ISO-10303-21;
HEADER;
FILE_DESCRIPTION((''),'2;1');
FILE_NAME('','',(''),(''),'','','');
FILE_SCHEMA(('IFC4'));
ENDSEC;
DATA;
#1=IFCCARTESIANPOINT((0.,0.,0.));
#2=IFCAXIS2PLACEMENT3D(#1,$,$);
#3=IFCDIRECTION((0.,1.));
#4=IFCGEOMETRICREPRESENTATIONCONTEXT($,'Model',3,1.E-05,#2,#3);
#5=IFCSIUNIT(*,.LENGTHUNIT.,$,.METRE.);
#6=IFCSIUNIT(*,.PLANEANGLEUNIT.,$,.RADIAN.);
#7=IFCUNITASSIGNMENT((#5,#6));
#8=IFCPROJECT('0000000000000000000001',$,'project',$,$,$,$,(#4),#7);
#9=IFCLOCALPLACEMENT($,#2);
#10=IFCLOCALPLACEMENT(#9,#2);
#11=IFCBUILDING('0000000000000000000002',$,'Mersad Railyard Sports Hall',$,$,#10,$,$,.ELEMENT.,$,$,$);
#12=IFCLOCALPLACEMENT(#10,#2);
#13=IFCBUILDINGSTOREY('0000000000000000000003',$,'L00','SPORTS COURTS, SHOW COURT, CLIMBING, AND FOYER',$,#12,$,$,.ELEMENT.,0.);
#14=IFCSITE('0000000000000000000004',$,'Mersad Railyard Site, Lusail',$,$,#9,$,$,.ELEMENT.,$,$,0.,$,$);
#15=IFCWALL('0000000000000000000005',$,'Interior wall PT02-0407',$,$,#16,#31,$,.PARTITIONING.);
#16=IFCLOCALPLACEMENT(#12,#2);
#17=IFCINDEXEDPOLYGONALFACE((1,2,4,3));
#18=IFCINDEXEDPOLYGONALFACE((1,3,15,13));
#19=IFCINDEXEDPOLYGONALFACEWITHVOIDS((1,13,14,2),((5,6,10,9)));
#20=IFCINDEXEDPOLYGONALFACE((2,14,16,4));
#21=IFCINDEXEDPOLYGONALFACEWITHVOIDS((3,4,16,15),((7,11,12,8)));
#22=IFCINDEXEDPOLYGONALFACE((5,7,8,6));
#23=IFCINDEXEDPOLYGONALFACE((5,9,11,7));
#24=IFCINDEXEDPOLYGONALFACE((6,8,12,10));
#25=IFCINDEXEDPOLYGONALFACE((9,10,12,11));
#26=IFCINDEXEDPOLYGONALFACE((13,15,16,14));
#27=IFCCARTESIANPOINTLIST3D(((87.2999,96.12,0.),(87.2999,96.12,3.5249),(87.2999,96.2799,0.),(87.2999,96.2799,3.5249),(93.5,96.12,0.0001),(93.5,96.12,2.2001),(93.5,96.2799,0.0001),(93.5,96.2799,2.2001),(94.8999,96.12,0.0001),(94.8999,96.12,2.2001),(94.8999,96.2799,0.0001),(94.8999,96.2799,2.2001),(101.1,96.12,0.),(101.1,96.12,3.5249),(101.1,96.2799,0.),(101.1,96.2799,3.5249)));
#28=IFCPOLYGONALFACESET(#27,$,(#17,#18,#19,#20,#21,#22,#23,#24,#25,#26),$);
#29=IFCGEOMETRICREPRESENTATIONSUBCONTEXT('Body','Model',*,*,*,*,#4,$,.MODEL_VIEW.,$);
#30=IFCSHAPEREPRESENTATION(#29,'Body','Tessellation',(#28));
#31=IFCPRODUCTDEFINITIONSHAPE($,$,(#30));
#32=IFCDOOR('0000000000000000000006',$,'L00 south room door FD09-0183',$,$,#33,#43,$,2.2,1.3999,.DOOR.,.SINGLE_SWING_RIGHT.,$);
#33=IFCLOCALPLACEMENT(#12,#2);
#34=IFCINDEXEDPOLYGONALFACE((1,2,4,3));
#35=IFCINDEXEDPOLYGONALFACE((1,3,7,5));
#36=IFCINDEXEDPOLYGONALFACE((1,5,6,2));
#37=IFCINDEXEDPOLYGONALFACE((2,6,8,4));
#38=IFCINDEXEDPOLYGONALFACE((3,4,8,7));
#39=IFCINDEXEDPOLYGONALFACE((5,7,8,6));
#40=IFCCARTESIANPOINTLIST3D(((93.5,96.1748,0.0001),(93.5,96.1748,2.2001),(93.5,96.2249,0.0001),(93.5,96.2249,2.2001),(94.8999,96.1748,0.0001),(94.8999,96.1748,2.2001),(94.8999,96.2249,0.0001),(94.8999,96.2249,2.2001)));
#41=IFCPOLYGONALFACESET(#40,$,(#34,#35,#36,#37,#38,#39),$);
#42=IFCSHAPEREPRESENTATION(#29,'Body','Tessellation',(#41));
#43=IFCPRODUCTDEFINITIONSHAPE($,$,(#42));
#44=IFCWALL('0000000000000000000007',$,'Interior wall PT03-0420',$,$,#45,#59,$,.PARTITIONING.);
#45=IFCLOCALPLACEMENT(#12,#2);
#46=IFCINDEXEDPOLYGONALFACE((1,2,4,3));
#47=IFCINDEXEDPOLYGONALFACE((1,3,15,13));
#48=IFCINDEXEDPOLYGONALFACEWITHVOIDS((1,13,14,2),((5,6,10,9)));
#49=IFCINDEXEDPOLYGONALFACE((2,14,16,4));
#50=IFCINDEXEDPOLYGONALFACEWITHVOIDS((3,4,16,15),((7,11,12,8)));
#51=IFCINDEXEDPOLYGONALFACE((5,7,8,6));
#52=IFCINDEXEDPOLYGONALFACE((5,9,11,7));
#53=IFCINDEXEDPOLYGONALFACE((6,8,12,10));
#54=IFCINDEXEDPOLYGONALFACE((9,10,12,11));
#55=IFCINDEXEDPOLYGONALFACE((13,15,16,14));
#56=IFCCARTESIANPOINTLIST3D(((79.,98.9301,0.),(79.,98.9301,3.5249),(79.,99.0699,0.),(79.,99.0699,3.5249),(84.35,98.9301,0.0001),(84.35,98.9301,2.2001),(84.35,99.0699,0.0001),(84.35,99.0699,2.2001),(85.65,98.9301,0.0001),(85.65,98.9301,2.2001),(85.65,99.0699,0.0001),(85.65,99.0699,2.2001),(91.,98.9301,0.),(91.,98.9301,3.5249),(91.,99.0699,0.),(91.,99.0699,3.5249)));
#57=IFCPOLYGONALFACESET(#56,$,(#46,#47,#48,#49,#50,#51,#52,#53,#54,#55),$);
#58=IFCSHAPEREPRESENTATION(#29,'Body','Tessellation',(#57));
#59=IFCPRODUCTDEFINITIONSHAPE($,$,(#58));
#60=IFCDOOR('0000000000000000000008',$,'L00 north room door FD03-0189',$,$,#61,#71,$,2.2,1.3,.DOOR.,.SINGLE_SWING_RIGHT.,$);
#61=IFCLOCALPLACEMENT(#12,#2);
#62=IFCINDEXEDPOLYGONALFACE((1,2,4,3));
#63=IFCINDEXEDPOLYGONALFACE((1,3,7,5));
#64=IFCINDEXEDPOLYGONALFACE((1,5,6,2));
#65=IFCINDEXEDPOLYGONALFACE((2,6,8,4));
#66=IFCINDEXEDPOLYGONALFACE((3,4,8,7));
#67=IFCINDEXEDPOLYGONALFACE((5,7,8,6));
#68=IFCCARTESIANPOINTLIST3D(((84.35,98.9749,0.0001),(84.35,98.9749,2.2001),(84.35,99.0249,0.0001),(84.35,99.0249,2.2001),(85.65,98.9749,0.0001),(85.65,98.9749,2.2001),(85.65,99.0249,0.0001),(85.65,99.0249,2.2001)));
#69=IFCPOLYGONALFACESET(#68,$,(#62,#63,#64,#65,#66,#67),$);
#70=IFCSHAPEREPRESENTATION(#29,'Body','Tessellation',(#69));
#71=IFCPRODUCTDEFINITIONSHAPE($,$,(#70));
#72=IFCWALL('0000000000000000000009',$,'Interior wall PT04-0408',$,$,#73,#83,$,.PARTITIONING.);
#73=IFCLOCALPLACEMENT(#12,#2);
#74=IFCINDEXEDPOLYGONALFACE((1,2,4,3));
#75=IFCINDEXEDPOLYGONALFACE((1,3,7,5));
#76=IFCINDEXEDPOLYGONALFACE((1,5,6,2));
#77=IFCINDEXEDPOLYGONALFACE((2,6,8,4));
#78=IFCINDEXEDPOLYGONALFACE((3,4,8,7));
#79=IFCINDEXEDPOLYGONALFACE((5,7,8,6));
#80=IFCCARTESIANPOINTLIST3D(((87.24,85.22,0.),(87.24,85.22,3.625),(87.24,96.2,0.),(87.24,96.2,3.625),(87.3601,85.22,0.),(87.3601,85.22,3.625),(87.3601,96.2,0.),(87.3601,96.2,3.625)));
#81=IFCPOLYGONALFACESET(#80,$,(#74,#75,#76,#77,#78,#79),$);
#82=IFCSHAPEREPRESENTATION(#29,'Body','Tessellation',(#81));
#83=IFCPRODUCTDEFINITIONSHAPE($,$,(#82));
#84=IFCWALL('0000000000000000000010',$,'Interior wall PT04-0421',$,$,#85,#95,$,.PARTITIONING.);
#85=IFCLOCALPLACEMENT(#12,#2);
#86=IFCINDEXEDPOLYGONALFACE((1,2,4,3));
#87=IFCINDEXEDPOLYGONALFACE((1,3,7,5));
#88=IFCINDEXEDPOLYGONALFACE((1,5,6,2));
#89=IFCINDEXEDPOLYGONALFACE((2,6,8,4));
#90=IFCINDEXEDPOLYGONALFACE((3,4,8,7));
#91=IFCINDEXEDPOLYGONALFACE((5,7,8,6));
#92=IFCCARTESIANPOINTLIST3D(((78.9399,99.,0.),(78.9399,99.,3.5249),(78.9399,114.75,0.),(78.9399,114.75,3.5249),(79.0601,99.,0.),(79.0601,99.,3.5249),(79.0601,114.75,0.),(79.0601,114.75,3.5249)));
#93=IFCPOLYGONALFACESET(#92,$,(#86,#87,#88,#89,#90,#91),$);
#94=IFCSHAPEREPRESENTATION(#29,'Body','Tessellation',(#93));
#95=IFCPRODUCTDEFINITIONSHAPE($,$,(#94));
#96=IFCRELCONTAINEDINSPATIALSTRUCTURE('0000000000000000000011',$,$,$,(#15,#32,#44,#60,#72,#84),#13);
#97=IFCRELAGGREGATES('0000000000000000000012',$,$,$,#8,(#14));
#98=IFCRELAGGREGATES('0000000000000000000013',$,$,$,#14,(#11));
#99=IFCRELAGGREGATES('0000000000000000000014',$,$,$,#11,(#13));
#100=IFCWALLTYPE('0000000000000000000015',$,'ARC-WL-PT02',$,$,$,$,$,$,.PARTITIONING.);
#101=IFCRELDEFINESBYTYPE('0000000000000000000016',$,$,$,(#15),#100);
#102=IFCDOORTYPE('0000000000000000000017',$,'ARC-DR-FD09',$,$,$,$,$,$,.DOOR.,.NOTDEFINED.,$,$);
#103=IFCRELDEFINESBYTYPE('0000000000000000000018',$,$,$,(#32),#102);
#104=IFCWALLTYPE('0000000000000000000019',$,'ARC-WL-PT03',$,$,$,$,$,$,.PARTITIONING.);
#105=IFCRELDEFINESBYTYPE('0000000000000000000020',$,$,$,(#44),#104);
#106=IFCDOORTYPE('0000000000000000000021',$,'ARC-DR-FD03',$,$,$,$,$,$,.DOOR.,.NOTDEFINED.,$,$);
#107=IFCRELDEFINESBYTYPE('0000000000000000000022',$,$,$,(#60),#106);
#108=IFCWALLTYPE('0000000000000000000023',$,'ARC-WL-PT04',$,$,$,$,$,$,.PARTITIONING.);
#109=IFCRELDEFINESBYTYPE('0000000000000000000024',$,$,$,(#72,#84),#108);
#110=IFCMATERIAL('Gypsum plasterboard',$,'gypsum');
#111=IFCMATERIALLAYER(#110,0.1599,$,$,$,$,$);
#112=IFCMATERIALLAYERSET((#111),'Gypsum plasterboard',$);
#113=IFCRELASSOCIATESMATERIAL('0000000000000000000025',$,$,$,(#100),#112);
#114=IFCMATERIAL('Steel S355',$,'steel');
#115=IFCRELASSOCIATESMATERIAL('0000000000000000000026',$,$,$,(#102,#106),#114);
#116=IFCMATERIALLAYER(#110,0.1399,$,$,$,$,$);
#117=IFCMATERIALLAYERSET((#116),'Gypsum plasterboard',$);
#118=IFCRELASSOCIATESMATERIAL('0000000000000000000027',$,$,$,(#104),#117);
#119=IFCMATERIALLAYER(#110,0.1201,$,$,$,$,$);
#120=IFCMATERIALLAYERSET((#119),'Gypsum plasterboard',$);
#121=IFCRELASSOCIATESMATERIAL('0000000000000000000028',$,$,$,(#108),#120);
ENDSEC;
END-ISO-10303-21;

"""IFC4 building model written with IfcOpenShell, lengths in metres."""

from ifc_helpers import new_model, si_unit, direction, frame, frame_2d, origin, place, context, subcontext, project, spatial, rectangle, extrude, material, layer, layer_set, type_object, element, fill, save


model = new_model("IFC4")

# Units and contexts
model_context = context("Model", 3, precision=1e-05, world=origin(), true_north=direction((0.0, 1.0)))
body_context = subcontext(model_context, "Body", "Model", "MODEL_VIEW")
ifc_project = project(units=[si_unit("LENGTHUNIT", "METRE"), si_unit("PLANEANGLEUNIT", "RADIAN")], contexts=[model_context])

# Site, building, storey
site_placement = place(None, origin())
site = spatial("IfcSite", under=ifc_project, at=site_placement, Name="Mersad Railyard Site, Lusail", CompositionType="ELEMENT", RefElevation=0.0)
building_placement = place(site_placement, origin())
building = spatial("IfcBuilding", under=site, at=building_placement, Name="Mersad Railyard Sports Hall", CompositionType="ELEMENT")
storey_placement = place(building_placement, origin())
storey = spatial("IfcBuildingStorey", under=building, at=storey_placement, Name="L00", Description="SPORTS COURTS, SHOW COURT, CLIMBING, AND FOYER", CompositionType="ELEMENT", Elevation=0.0)

# Shared definitions
ifc_material_1 = material(Name="Steel S355", Category="steel")

# Walls, openings, doors
ifc_material_2 = material(Name="Gypsum plasterboard", Category="gypsum")
ifc_layer_1 = layer(ifc_material_2, 0.1599)
ifc_layer_set_1 = layer_set([ifc_layer_1], Name="Gypsum plasterboard")
wall_type_1 = type_object("IfcWallType", Name="ARC-WL-PT02", PredefinedType="PARTITIONING", material=ifc_layer_set_1)
wall_1_placement = place(storey_placement, frame((87.3, 96.2, 0.0), z_axis=(0.0, 0.0, 1.0), x_axis=(1.0, 0.0, 0.0)))
wall_1 = element("IfcWall", 1, at=wall_1_placement, inside=storey, type_object=wall_type_1, Name="Interior wall PT02-0407", PredefinedType="PARTITIONING", context=body_context, shape_type="SweptSolid", body=[
    extrude(rectangle(XDim=13.8, YDim=0.1599, at=frame_2d((6.8999, 0.0))), origin(), (0.0, 0.0, 1.0), 3.5249),
])
opening_1_placement = place(wall_1_placement, frame((6.2, 0.0, 0.0)))
opening_1 = element("IfcOpeningElement", 2, at=opening_1_placement, cuts=wall_1, PredefinedType="OPENING", context=body_context, shape_type="SweptSolid", body=[
    extrude(rectangle(XDim=1.3999, YDim=2.2, at=frame_2d((0.7, 1.1001))), frame((0.0, 0.0898, 0.0), z_axis=(0.0, -1.0, 0.0), x_axis=(1.0, 0.0, 0.0)), (0.0, 0.0, 1.0), 0.1799),
])
door_type_1 = type_object("IfcDoorType", Name="ARC-DR-FD09", OperationType="NOTDEFINED", PredefinedType="DOOR", material=ifc_material_1)
door_1_placement = place(opening_1_placement, origin())
door_1 = element("IfcDoor", 3, at=door_1_placement, inside=storey, type_object=door_type_1, Name="L00 south room door FD09-0183", OperationType="SINGLE_SWING_RIGHT", OverallHeight=2.2, OverallWidth=1.3999, PredefinedType="DOOR", context=body_context, shape_type="SweptSolid", body=[
    extrude(rectangle(XDim=1.3999, YDim=2.2, at=frame_2d((0.7, 1.1001))), frame((0.0, 0.0249, 0.0), z_axis=(0.0, -1.0, 0.0), x_axis=(1.0, 0.0, 0.0)), (0.0, 0.0, 1.0), 0.05),
])
fill(opening_1, door_1)
ifc_layer_2 = layer(ifc_material_2, 0.1399)
ifc_layer_set_2 = layer_set([ifc_layer_2], Name="Gypsum plasterboard")
wall_type_2 = type_object("IfcWallType", Name="ARC-WL-PT03", PredefinedType="PARTITIONING", material=ifc_layer_set_2)
wall_2_placement = place(storey_placement, frame((79.0, 99.0, 0.0), z_axis=(0.0, 0.0, 1.0), x_axis=(1.0, 0.0, 0.0)))
wall_2 = element("IfcWall", 4, at=wall_2_placement, inside=storey, type_object=wall_type_2, Name="Interior wall PT03-0420", PredefinedType="PARTITIONING", context=body_context, shape_type="SweptSolid", body=[
    extrude(rectangle(XDim=12.0, YDim=0.1399, at=frame_2d((6.0, 0.0))), origin(), (0.0, 0.0, 1.0), 3.5249),
])
opening_2_placement = place(wall_2_placement, frame((5.3501, 0.0, 0.0)))
opening_2 = element("IfcOpeningElement", 5, at=opening_2_placement, cuts=wall_2, PredefinedType="OPENING", context=body_context, shape_type="SweptSolid", body=[
    extrude(rectangle(XDim=1.3, YDim=2.2, at=frame_2d((0.6499, 1.1001))), frame((0.0, 0.0798, 0.0), z_axis=(0.0, -1.0, 0.0), x_axis=(1.0, 0.0, 0.0)), (0.0, 0.0, 1.0), 0.1599),
])
door_type_2 = type_object("IfcDoorType", Name="ARC-DR-FD03", OperationType="NOTDEFINED", PredefinedType="DOOR", material=ifc_material_1)
door_2_placement = place(opening_2_placement, origin())
door_2 = element("IfcDoor", 6, at=door_2_placement, inside=storey, type_object=door_type_2, Name="L00 north room door FD03-0189", OperationType="SINGLE_SWING_RIGHT", OverallHeight=2.2, OverallWidth=1.3, PredefinedType="DOOR", context=body_context, shape_type="SweptSolid", body=[
    extrude(rectangle(XDim=1.3, YDim=2.2, at=frame_2d((0.6499, 1.1001))), frame((0.0, 0.0249, 0.0), z_axis=(0.0, -1.0, 0.0), x_axis=(1.0, 0.0, 0.0)), (0.0, 0.0, 1.0), 0.05),
])
fill(opening_2, door_2)

# Walls
ifc_layer_3 = layer(ifc_material_2, 0.1201)
ifc_layer_set_3 = layer_set([ifc_layer_3], Name="Gypsum plasterboard")
wall_type_3 = type_object("IfcWallType", Name="ARC-WL-PT04", PredefinedType="PARTITIONING", material=ifc_layer_set_3)
wall_3_placement = place(storey_placement, frame((87.3, 85.22, 0.0), z_axis=(0.0, 0.0, 1.0), x_axis=(0.0, 1.0, 0.0)))
element("IfcWall", 7, at=wall_3_placement, inside=storey, type_object=wall_type_3, Name="Interior wall PT04-0408", PredefinedType="PARTITIONING", context=body_context, shape_type="SweptSolid", body=[
    extrude(rectangle(XDim=10.98, YDim=0.1201, at=frame_2d((5.49, 0.0))), origin(), (0.0, 0.0, 1.0), 3.625),
])
wall_4_placement = place(storey_placement, frame((79.0, 99.0, 0.0), z_axis=(0.0, 0.0, 1.0), x_axis=(0.0, 1.0, 0.0)))
element("IfcWall", 8, at=wall_4_placement, inside=storey, type_object=wall_type_3, Name="Interior wall PT04-0421", PredefinedType="PARTITIONING", context=body_context, shape_type="SweptSolid", body=[
    extrude(rectangle(XDim=15.75, YDim=0.1201, at=frame_2d((7.875, 0.0))), origin(), (0.0, 0.0, 1.0), 3.5249),
])

save(model, "model.ifc")
